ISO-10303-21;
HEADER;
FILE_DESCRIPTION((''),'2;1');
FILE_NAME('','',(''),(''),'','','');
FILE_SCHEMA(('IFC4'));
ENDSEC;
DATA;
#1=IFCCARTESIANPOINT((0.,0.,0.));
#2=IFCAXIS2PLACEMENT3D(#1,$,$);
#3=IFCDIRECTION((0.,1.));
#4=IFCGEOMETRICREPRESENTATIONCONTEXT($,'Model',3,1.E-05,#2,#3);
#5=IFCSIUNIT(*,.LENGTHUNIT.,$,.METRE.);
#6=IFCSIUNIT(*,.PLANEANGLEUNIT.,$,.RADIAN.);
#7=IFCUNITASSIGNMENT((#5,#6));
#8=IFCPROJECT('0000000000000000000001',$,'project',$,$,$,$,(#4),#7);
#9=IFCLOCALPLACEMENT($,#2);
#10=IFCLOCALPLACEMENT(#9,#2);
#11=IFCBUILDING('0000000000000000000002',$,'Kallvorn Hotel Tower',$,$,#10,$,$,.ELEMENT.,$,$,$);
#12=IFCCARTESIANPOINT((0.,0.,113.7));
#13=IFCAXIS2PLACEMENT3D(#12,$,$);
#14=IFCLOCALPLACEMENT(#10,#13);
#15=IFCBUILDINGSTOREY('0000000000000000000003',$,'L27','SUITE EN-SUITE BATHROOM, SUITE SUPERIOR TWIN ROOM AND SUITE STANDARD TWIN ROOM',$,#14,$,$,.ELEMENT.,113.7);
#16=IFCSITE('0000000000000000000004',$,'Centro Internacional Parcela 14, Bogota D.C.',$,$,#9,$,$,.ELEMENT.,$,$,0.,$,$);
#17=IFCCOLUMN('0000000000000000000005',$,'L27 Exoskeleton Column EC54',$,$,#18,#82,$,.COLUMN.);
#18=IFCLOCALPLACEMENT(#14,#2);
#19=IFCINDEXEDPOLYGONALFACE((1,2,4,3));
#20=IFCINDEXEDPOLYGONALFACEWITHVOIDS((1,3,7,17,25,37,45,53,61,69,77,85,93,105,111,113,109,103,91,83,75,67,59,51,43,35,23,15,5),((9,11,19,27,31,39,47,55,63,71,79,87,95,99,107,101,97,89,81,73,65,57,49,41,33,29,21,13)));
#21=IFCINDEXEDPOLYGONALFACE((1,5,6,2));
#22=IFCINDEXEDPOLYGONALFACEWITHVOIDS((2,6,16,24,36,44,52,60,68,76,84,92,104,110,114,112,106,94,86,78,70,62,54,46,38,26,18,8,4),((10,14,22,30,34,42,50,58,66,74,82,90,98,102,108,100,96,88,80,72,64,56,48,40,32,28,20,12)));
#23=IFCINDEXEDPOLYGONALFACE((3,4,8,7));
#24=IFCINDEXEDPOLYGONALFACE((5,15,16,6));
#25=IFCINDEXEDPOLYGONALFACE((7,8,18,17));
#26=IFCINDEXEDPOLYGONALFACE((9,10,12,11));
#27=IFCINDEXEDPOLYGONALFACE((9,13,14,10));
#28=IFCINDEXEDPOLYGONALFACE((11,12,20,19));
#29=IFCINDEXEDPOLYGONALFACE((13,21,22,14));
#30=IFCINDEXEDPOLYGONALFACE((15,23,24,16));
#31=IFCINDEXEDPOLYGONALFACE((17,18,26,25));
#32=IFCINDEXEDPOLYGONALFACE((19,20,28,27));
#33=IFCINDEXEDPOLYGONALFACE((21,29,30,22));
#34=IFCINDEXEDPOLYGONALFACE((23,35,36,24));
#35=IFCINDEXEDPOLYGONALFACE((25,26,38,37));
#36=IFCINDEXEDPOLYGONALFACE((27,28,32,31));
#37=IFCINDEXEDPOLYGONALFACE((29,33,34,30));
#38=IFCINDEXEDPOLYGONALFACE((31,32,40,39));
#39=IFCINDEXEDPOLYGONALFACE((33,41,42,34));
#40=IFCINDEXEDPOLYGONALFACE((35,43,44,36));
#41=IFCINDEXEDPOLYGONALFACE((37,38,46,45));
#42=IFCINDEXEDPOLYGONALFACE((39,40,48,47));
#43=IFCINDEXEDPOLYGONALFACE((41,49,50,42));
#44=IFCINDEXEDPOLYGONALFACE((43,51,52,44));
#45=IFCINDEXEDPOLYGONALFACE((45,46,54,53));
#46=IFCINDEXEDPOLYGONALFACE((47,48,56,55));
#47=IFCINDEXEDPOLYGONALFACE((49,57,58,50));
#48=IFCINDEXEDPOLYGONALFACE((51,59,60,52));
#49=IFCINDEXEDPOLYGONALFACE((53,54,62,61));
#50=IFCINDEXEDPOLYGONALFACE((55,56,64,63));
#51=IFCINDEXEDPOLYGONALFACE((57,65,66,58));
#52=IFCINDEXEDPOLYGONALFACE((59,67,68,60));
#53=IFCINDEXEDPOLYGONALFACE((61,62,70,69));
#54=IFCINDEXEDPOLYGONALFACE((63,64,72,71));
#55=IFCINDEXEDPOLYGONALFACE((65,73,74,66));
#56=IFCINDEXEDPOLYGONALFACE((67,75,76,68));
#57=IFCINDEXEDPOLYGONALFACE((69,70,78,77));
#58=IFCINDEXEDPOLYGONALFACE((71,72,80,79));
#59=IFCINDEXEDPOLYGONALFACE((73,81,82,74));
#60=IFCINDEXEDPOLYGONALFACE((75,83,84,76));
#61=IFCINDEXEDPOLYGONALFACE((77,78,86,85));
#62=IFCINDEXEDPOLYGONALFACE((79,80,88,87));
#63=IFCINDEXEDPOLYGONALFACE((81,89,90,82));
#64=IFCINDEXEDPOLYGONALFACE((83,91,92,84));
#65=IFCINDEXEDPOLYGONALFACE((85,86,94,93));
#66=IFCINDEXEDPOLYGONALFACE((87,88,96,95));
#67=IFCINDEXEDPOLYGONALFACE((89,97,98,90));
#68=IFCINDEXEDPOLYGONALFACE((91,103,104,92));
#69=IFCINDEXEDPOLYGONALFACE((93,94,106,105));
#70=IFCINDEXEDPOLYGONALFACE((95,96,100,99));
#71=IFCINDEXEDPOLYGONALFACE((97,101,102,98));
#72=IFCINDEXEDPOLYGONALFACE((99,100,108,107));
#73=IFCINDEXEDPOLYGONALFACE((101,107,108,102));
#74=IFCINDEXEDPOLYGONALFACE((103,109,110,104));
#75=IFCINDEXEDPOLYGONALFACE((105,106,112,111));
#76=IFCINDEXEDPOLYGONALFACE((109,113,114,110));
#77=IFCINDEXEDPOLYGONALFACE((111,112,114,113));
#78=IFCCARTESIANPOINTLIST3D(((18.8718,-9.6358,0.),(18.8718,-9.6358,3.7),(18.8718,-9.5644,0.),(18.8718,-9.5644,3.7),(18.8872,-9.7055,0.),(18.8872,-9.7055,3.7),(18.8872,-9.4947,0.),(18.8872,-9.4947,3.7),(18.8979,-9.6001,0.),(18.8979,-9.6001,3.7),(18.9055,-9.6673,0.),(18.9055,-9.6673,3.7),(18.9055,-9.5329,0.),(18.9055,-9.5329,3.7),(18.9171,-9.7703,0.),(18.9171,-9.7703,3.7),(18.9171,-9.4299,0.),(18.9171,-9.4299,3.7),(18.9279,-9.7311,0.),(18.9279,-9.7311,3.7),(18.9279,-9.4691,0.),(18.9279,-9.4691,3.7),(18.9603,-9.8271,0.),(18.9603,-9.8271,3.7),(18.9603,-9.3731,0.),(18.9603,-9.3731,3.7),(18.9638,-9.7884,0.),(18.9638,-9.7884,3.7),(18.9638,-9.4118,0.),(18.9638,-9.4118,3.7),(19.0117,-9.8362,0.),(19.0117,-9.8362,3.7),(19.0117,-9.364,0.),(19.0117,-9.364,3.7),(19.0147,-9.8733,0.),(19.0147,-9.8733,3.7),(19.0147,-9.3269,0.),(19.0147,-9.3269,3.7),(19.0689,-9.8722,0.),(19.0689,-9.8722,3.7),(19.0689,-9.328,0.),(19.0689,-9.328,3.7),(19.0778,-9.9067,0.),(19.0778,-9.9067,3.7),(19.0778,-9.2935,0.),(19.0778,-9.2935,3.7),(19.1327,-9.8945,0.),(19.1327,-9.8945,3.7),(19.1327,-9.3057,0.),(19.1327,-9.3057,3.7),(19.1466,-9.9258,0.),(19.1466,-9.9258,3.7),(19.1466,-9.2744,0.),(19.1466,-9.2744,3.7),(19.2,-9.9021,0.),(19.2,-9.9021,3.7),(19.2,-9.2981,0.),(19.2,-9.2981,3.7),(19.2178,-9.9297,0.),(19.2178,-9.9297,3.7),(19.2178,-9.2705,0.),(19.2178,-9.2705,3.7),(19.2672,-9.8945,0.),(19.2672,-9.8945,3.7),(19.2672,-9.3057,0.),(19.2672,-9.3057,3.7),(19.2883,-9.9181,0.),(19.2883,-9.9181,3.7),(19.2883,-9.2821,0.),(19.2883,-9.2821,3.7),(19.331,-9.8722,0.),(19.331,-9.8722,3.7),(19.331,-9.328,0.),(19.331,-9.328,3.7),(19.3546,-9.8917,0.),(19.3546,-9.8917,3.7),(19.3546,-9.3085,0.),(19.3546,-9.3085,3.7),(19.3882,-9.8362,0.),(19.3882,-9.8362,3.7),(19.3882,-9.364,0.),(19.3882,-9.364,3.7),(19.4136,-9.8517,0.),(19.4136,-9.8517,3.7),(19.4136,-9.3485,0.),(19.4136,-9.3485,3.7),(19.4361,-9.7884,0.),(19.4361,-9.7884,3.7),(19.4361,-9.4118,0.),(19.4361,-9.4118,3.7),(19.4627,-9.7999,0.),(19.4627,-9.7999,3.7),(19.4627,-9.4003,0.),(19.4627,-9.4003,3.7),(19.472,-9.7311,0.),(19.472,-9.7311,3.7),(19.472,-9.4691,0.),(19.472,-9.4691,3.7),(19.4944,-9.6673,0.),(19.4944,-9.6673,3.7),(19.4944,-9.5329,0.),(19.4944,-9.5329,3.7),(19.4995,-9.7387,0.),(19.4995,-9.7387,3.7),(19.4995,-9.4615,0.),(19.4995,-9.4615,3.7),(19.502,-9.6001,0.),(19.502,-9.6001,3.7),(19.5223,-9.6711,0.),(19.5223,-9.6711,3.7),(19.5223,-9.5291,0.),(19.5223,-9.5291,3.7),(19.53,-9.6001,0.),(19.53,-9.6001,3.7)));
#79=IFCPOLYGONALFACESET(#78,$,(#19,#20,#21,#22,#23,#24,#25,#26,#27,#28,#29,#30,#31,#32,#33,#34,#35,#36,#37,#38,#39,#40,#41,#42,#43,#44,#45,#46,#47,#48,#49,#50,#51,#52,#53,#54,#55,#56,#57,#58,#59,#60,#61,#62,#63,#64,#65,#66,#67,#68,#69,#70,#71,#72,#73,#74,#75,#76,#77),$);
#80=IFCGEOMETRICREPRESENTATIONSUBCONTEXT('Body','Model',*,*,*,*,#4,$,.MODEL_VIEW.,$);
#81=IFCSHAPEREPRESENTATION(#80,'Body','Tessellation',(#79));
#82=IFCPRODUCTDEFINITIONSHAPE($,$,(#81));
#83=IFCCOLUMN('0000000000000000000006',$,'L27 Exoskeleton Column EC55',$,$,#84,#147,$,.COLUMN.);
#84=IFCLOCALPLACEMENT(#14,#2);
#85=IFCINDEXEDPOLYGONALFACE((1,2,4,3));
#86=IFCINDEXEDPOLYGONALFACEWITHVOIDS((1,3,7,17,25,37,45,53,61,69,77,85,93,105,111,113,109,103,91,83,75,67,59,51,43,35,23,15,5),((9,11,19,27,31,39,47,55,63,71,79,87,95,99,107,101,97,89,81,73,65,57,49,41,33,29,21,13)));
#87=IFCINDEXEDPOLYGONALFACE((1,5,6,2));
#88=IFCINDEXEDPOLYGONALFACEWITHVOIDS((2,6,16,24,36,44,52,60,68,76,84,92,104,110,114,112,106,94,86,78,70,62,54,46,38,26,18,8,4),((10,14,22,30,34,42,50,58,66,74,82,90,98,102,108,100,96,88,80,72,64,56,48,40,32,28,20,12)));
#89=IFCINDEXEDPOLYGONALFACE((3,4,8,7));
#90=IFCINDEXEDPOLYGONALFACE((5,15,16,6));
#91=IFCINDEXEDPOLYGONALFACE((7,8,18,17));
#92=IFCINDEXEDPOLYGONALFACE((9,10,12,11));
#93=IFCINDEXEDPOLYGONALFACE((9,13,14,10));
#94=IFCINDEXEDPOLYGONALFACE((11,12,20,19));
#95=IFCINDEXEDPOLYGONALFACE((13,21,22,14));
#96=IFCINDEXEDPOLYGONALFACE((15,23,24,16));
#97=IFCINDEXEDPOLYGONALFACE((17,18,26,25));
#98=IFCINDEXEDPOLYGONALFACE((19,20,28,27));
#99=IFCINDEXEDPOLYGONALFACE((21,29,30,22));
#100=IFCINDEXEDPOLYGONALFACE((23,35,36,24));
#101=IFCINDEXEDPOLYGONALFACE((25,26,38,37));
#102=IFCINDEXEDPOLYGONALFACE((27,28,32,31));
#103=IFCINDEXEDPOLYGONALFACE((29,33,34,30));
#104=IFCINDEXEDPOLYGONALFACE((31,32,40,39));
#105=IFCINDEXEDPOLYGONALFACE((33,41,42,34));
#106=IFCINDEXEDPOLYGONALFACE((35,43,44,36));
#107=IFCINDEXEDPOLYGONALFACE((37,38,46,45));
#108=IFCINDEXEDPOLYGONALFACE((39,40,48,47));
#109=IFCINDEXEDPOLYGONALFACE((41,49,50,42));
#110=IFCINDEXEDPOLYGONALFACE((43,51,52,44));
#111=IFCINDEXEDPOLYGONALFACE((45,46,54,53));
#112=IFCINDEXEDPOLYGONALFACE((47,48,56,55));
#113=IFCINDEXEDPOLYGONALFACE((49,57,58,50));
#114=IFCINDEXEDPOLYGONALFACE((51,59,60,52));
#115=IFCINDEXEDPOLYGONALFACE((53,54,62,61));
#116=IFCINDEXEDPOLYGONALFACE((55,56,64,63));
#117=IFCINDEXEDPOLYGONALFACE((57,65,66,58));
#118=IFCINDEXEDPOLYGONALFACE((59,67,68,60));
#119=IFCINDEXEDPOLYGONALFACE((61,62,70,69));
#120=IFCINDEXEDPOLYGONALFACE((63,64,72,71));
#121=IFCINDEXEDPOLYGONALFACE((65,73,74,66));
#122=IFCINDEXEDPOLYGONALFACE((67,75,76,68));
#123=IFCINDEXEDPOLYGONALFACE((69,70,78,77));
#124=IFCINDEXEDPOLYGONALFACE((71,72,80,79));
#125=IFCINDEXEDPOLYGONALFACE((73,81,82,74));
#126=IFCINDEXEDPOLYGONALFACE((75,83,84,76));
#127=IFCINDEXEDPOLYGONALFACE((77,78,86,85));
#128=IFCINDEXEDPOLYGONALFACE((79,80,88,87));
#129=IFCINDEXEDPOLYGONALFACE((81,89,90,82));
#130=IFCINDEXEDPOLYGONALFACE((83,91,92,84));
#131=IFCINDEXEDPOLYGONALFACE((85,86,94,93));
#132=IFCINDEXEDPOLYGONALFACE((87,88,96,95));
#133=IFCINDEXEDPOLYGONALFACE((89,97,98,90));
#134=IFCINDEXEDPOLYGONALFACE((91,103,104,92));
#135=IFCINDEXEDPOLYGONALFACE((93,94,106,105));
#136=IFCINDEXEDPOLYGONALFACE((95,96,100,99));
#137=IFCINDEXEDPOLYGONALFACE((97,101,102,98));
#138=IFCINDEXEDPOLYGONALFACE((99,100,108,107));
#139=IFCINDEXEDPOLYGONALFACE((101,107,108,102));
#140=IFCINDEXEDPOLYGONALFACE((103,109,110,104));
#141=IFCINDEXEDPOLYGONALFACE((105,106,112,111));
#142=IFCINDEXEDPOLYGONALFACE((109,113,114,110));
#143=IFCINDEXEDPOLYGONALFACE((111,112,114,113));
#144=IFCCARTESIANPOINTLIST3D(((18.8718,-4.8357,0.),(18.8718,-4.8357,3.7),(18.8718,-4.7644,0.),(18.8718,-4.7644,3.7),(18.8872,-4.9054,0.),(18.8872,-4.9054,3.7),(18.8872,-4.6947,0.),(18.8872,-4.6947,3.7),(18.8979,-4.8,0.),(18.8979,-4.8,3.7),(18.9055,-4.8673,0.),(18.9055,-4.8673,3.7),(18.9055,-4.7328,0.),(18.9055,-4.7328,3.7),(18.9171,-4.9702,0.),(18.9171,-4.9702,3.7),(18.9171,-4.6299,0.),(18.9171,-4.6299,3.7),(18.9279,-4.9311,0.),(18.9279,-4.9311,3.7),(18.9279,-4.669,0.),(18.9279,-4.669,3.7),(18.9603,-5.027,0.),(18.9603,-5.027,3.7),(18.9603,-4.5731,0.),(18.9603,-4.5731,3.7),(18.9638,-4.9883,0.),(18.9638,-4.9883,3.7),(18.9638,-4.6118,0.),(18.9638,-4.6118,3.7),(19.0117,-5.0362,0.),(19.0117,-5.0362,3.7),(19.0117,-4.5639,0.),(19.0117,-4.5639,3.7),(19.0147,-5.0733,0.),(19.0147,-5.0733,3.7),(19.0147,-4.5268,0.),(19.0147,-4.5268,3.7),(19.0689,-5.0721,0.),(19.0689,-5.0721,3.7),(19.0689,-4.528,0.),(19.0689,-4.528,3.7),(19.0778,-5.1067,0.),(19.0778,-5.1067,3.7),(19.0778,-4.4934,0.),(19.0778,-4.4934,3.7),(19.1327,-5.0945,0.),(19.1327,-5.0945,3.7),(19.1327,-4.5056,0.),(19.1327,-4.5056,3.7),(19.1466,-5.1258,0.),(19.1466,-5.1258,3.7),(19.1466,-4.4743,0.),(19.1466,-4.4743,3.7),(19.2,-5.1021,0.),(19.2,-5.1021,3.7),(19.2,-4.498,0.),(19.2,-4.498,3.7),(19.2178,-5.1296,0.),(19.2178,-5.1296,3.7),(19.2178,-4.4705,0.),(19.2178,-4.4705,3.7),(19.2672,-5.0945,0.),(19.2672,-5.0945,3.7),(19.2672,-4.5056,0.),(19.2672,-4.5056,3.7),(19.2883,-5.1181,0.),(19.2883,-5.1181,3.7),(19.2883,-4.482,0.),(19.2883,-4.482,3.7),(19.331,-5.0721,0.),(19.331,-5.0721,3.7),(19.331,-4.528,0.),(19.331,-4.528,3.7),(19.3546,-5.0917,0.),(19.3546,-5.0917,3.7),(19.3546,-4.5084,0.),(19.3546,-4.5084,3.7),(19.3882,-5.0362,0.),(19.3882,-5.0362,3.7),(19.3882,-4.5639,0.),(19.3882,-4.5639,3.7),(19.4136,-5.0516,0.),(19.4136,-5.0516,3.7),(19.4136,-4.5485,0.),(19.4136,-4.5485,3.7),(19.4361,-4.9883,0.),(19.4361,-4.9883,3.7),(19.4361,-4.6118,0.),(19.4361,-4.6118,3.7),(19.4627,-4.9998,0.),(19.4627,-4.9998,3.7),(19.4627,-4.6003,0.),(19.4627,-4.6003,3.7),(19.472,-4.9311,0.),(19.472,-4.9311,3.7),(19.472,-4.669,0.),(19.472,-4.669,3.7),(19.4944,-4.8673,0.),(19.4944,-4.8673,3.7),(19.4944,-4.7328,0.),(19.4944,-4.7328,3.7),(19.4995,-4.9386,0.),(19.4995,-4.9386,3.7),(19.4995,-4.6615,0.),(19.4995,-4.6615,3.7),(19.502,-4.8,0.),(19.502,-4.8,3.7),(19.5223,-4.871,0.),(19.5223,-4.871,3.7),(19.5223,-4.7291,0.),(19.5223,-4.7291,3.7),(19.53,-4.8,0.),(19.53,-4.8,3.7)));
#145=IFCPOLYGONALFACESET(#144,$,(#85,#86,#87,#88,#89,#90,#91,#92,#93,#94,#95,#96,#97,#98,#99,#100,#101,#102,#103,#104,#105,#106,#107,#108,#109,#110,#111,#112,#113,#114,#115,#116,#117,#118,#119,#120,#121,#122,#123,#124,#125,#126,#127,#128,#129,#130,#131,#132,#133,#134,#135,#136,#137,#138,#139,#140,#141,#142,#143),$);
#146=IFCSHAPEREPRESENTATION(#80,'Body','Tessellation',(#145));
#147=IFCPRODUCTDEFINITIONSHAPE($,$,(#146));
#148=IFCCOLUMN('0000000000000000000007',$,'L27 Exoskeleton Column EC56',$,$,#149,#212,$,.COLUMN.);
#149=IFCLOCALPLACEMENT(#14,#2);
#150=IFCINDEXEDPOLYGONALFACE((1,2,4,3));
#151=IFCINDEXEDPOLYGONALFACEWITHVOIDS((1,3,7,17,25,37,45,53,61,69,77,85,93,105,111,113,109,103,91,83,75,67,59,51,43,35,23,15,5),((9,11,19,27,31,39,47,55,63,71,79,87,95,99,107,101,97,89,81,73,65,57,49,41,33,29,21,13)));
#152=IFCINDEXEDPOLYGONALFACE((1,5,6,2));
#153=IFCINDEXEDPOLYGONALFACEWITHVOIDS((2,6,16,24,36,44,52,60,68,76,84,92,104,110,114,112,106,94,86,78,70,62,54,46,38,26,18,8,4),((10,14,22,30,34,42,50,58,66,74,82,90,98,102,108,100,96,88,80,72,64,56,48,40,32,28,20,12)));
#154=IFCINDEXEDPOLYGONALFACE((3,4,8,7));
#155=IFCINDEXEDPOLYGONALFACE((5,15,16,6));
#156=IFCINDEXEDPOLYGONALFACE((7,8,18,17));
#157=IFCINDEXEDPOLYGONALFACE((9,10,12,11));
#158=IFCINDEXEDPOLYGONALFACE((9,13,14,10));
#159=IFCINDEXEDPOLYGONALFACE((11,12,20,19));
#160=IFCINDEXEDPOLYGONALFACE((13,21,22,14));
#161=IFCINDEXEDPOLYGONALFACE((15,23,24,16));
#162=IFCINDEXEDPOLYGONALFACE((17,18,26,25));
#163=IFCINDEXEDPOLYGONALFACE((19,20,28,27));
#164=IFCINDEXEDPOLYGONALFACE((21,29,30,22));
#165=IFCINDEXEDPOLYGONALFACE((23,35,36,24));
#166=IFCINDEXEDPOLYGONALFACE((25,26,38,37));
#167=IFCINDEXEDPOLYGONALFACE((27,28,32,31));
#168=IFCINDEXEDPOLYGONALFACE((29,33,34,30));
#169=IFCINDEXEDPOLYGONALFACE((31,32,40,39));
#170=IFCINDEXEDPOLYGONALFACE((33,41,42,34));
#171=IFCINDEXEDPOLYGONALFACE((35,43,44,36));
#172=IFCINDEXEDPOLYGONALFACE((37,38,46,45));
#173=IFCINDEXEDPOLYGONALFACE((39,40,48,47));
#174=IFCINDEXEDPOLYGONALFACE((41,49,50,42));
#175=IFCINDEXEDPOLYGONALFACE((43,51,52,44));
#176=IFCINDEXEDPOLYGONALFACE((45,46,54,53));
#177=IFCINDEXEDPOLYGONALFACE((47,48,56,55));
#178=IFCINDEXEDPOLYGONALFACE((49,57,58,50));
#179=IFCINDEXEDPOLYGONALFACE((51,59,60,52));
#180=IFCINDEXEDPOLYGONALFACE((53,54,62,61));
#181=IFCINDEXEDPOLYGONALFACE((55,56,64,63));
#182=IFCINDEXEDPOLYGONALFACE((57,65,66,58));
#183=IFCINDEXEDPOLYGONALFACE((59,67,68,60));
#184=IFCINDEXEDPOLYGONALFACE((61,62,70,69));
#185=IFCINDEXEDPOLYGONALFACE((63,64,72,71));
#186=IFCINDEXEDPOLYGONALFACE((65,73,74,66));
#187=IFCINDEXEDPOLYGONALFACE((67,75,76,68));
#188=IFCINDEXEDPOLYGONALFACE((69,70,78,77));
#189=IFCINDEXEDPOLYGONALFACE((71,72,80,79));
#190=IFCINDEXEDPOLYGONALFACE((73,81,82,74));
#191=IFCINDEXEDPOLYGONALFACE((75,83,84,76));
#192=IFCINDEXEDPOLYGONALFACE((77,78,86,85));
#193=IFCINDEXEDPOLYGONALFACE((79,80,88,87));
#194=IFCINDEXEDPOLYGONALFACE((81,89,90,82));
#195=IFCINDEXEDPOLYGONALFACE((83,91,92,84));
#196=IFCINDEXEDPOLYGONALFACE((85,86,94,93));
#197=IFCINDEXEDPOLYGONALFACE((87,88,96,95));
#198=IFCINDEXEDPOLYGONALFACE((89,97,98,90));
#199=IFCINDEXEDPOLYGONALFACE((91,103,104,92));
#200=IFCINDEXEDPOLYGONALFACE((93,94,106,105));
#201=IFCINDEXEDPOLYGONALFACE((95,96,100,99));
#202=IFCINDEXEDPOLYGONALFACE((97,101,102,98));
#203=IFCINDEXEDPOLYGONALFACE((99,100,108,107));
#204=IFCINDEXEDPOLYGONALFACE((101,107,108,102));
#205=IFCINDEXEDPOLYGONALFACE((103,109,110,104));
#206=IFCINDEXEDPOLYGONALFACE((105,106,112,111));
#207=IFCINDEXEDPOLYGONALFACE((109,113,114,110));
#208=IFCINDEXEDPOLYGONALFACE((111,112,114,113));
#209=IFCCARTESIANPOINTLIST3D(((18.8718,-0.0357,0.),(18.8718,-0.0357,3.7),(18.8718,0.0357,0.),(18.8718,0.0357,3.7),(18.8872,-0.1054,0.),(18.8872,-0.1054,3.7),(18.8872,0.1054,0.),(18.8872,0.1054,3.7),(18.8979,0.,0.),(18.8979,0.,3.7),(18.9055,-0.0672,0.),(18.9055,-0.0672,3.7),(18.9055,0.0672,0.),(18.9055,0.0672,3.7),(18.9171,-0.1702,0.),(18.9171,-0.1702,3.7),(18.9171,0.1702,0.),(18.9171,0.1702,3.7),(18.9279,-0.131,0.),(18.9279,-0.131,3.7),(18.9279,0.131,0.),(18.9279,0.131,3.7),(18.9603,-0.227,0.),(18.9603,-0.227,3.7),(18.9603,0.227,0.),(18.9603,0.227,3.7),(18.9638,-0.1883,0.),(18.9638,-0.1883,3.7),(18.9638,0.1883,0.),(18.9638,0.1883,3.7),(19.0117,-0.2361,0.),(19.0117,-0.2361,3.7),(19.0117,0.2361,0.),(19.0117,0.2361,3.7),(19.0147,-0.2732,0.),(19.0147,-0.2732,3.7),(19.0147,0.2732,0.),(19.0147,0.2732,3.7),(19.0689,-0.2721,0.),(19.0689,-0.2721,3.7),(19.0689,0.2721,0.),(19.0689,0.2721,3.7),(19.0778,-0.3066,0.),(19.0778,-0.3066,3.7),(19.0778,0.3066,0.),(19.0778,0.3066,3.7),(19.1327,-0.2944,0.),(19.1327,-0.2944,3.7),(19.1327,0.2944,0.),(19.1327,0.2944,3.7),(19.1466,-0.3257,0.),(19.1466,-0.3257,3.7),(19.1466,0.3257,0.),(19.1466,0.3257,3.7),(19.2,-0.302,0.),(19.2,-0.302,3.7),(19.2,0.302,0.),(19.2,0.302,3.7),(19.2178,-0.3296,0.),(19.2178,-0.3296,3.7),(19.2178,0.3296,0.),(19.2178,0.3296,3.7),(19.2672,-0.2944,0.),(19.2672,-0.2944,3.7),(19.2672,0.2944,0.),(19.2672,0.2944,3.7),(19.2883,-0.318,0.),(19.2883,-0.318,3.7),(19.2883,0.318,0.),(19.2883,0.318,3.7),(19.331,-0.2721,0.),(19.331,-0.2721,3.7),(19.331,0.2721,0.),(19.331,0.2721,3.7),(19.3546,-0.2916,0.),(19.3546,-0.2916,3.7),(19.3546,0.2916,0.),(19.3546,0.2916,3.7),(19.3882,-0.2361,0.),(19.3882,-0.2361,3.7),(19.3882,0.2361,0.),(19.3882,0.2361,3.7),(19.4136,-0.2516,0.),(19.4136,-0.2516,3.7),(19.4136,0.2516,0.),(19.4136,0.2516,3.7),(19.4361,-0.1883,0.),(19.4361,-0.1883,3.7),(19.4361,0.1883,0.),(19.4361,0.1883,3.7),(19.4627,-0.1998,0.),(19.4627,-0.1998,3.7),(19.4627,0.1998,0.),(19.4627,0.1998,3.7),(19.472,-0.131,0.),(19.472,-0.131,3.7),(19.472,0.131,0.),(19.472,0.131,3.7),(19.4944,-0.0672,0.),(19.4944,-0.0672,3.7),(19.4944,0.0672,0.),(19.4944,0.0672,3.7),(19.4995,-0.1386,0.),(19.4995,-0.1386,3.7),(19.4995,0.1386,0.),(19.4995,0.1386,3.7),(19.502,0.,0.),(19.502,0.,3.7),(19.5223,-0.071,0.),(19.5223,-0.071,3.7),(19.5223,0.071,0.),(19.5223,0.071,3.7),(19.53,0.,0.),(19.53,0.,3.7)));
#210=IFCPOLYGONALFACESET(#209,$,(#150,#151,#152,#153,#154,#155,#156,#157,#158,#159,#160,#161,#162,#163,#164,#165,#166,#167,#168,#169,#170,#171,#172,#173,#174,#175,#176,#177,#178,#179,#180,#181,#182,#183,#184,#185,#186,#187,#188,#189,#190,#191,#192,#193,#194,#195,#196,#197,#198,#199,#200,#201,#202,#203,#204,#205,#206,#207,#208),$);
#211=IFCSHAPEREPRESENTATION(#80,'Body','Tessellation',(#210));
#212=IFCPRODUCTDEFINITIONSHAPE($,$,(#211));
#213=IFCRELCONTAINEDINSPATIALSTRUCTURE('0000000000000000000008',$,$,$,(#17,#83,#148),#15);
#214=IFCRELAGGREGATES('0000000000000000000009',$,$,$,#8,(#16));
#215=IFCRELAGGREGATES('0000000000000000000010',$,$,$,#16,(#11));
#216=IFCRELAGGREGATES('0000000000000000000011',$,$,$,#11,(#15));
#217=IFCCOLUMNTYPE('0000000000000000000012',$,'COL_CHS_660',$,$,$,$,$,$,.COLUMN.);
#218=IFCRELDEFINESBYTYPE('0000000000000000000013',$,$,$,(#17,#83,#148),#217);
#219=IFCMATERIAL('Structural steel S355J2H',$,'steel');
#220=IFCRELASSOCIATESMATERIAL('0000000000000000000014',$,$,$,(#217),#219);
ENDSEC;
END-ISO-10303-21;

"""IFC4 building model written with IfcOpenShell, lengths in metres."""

from ifc_helpers import new_model, si_unit, direction, frame, origin, origin_2d, place, context, subcontext, project, spatial, hollow_circle, extrude, material, material_profile, profile_set, type_object, element, save


model = new_model("IFC4")

# Units and contexts
model_context = context("Model", 3, precision=1e-05, world=origin(), true_north=direction((0.0, 1.0)))
body_context = subcontext(model_context, "Body", "Model", "MODEL_VIEW")
ifc_project = project(units=[si_unit("LENGTHUNIT", "METRE"), si_unit("PLANEANGLEUNIT", "RADIAN")], contexts=[model_context])

# Site, building, storey
site_placement = place(None, origin())
site = spatial("IfcSite", under=ifc_project, at=site_placement, Name="Centro Internacional Parcela 14, Bogota D.C.", CompositionType="ELEMENT", RefElevation=0.0)
building_placement = place(site_placement, origin())
building = spatial("IfcBuilding", under=site, at=building_placement, Name="Kallvorn Hotel Tower", CompositionType="ELEMENT")
storey_placement = place(building_placement, frame((0.0, 0.0, 113.7)))
storey = spatial("IfcBuildingStorey", under=building, at=storey_placement, Name="L27", Description="SUITE EN-SUITE BATHROOM, SUITE SUPERIOR TWIN ROOM AND SUITE STANDARD TWIN ROOM", CompositionType="ELEMENT", Elevation=113.7)

# Columns
ifc_material_1 = material(Name="Structural steel S355J2H", Category="steel")
ifc_material_profile_1 = material_profile(ifc_material_1, hollow_circle(Radius=0.3301, WallThickness=0.0281, at=origin_2d()), Name="CHS 660x28")
ifc_profile_set_1 = profile_set([ifc_material_profile_1], Name="Structural steel S355J2H")
column_type_1 = type_object("IfcColumnType", Name="COL_CHS_660", PredefinedType="COLUMN", material=ifc_profile_set_1)
for number, where, z_axis, x_axis, name in (
    (1, (19.2, -9.6001, 0.0), (0.0, 0.0, 1.0), (1.0, 0.0, 0.0), "L27 Exoskeleton Column EC54"),
    (2, (19.2, -4.8, 0.0), (0.0, 0.0, 1.0), (1.0, 0.0, 0.0), "L27 Exoskeleton Column EC55"),
    (3, (19.2, 0.0, 0.0), (0.0, 0.0, 1.0), (1.0, 0.0, 0.0), "L27 Exoskeleton Column EC56"),
):
    element("IfcColumn", number, at=place(storey_placement, frame(where, z_axis=z_axis, x_axis=x_axis)), inside=storey, type_object=column_type_1, Name=name, PredefinedType="COLUMN", context=body_context, shape_type="SweptSolid", body=[
        extrude(hollow_circle(Radius=0.3301, WallThickness=0.0281, at=origin_2d()), origin(), (0.0, 0.0, 1.0), 3.7),
    ])

save(model, "model.ifc")
